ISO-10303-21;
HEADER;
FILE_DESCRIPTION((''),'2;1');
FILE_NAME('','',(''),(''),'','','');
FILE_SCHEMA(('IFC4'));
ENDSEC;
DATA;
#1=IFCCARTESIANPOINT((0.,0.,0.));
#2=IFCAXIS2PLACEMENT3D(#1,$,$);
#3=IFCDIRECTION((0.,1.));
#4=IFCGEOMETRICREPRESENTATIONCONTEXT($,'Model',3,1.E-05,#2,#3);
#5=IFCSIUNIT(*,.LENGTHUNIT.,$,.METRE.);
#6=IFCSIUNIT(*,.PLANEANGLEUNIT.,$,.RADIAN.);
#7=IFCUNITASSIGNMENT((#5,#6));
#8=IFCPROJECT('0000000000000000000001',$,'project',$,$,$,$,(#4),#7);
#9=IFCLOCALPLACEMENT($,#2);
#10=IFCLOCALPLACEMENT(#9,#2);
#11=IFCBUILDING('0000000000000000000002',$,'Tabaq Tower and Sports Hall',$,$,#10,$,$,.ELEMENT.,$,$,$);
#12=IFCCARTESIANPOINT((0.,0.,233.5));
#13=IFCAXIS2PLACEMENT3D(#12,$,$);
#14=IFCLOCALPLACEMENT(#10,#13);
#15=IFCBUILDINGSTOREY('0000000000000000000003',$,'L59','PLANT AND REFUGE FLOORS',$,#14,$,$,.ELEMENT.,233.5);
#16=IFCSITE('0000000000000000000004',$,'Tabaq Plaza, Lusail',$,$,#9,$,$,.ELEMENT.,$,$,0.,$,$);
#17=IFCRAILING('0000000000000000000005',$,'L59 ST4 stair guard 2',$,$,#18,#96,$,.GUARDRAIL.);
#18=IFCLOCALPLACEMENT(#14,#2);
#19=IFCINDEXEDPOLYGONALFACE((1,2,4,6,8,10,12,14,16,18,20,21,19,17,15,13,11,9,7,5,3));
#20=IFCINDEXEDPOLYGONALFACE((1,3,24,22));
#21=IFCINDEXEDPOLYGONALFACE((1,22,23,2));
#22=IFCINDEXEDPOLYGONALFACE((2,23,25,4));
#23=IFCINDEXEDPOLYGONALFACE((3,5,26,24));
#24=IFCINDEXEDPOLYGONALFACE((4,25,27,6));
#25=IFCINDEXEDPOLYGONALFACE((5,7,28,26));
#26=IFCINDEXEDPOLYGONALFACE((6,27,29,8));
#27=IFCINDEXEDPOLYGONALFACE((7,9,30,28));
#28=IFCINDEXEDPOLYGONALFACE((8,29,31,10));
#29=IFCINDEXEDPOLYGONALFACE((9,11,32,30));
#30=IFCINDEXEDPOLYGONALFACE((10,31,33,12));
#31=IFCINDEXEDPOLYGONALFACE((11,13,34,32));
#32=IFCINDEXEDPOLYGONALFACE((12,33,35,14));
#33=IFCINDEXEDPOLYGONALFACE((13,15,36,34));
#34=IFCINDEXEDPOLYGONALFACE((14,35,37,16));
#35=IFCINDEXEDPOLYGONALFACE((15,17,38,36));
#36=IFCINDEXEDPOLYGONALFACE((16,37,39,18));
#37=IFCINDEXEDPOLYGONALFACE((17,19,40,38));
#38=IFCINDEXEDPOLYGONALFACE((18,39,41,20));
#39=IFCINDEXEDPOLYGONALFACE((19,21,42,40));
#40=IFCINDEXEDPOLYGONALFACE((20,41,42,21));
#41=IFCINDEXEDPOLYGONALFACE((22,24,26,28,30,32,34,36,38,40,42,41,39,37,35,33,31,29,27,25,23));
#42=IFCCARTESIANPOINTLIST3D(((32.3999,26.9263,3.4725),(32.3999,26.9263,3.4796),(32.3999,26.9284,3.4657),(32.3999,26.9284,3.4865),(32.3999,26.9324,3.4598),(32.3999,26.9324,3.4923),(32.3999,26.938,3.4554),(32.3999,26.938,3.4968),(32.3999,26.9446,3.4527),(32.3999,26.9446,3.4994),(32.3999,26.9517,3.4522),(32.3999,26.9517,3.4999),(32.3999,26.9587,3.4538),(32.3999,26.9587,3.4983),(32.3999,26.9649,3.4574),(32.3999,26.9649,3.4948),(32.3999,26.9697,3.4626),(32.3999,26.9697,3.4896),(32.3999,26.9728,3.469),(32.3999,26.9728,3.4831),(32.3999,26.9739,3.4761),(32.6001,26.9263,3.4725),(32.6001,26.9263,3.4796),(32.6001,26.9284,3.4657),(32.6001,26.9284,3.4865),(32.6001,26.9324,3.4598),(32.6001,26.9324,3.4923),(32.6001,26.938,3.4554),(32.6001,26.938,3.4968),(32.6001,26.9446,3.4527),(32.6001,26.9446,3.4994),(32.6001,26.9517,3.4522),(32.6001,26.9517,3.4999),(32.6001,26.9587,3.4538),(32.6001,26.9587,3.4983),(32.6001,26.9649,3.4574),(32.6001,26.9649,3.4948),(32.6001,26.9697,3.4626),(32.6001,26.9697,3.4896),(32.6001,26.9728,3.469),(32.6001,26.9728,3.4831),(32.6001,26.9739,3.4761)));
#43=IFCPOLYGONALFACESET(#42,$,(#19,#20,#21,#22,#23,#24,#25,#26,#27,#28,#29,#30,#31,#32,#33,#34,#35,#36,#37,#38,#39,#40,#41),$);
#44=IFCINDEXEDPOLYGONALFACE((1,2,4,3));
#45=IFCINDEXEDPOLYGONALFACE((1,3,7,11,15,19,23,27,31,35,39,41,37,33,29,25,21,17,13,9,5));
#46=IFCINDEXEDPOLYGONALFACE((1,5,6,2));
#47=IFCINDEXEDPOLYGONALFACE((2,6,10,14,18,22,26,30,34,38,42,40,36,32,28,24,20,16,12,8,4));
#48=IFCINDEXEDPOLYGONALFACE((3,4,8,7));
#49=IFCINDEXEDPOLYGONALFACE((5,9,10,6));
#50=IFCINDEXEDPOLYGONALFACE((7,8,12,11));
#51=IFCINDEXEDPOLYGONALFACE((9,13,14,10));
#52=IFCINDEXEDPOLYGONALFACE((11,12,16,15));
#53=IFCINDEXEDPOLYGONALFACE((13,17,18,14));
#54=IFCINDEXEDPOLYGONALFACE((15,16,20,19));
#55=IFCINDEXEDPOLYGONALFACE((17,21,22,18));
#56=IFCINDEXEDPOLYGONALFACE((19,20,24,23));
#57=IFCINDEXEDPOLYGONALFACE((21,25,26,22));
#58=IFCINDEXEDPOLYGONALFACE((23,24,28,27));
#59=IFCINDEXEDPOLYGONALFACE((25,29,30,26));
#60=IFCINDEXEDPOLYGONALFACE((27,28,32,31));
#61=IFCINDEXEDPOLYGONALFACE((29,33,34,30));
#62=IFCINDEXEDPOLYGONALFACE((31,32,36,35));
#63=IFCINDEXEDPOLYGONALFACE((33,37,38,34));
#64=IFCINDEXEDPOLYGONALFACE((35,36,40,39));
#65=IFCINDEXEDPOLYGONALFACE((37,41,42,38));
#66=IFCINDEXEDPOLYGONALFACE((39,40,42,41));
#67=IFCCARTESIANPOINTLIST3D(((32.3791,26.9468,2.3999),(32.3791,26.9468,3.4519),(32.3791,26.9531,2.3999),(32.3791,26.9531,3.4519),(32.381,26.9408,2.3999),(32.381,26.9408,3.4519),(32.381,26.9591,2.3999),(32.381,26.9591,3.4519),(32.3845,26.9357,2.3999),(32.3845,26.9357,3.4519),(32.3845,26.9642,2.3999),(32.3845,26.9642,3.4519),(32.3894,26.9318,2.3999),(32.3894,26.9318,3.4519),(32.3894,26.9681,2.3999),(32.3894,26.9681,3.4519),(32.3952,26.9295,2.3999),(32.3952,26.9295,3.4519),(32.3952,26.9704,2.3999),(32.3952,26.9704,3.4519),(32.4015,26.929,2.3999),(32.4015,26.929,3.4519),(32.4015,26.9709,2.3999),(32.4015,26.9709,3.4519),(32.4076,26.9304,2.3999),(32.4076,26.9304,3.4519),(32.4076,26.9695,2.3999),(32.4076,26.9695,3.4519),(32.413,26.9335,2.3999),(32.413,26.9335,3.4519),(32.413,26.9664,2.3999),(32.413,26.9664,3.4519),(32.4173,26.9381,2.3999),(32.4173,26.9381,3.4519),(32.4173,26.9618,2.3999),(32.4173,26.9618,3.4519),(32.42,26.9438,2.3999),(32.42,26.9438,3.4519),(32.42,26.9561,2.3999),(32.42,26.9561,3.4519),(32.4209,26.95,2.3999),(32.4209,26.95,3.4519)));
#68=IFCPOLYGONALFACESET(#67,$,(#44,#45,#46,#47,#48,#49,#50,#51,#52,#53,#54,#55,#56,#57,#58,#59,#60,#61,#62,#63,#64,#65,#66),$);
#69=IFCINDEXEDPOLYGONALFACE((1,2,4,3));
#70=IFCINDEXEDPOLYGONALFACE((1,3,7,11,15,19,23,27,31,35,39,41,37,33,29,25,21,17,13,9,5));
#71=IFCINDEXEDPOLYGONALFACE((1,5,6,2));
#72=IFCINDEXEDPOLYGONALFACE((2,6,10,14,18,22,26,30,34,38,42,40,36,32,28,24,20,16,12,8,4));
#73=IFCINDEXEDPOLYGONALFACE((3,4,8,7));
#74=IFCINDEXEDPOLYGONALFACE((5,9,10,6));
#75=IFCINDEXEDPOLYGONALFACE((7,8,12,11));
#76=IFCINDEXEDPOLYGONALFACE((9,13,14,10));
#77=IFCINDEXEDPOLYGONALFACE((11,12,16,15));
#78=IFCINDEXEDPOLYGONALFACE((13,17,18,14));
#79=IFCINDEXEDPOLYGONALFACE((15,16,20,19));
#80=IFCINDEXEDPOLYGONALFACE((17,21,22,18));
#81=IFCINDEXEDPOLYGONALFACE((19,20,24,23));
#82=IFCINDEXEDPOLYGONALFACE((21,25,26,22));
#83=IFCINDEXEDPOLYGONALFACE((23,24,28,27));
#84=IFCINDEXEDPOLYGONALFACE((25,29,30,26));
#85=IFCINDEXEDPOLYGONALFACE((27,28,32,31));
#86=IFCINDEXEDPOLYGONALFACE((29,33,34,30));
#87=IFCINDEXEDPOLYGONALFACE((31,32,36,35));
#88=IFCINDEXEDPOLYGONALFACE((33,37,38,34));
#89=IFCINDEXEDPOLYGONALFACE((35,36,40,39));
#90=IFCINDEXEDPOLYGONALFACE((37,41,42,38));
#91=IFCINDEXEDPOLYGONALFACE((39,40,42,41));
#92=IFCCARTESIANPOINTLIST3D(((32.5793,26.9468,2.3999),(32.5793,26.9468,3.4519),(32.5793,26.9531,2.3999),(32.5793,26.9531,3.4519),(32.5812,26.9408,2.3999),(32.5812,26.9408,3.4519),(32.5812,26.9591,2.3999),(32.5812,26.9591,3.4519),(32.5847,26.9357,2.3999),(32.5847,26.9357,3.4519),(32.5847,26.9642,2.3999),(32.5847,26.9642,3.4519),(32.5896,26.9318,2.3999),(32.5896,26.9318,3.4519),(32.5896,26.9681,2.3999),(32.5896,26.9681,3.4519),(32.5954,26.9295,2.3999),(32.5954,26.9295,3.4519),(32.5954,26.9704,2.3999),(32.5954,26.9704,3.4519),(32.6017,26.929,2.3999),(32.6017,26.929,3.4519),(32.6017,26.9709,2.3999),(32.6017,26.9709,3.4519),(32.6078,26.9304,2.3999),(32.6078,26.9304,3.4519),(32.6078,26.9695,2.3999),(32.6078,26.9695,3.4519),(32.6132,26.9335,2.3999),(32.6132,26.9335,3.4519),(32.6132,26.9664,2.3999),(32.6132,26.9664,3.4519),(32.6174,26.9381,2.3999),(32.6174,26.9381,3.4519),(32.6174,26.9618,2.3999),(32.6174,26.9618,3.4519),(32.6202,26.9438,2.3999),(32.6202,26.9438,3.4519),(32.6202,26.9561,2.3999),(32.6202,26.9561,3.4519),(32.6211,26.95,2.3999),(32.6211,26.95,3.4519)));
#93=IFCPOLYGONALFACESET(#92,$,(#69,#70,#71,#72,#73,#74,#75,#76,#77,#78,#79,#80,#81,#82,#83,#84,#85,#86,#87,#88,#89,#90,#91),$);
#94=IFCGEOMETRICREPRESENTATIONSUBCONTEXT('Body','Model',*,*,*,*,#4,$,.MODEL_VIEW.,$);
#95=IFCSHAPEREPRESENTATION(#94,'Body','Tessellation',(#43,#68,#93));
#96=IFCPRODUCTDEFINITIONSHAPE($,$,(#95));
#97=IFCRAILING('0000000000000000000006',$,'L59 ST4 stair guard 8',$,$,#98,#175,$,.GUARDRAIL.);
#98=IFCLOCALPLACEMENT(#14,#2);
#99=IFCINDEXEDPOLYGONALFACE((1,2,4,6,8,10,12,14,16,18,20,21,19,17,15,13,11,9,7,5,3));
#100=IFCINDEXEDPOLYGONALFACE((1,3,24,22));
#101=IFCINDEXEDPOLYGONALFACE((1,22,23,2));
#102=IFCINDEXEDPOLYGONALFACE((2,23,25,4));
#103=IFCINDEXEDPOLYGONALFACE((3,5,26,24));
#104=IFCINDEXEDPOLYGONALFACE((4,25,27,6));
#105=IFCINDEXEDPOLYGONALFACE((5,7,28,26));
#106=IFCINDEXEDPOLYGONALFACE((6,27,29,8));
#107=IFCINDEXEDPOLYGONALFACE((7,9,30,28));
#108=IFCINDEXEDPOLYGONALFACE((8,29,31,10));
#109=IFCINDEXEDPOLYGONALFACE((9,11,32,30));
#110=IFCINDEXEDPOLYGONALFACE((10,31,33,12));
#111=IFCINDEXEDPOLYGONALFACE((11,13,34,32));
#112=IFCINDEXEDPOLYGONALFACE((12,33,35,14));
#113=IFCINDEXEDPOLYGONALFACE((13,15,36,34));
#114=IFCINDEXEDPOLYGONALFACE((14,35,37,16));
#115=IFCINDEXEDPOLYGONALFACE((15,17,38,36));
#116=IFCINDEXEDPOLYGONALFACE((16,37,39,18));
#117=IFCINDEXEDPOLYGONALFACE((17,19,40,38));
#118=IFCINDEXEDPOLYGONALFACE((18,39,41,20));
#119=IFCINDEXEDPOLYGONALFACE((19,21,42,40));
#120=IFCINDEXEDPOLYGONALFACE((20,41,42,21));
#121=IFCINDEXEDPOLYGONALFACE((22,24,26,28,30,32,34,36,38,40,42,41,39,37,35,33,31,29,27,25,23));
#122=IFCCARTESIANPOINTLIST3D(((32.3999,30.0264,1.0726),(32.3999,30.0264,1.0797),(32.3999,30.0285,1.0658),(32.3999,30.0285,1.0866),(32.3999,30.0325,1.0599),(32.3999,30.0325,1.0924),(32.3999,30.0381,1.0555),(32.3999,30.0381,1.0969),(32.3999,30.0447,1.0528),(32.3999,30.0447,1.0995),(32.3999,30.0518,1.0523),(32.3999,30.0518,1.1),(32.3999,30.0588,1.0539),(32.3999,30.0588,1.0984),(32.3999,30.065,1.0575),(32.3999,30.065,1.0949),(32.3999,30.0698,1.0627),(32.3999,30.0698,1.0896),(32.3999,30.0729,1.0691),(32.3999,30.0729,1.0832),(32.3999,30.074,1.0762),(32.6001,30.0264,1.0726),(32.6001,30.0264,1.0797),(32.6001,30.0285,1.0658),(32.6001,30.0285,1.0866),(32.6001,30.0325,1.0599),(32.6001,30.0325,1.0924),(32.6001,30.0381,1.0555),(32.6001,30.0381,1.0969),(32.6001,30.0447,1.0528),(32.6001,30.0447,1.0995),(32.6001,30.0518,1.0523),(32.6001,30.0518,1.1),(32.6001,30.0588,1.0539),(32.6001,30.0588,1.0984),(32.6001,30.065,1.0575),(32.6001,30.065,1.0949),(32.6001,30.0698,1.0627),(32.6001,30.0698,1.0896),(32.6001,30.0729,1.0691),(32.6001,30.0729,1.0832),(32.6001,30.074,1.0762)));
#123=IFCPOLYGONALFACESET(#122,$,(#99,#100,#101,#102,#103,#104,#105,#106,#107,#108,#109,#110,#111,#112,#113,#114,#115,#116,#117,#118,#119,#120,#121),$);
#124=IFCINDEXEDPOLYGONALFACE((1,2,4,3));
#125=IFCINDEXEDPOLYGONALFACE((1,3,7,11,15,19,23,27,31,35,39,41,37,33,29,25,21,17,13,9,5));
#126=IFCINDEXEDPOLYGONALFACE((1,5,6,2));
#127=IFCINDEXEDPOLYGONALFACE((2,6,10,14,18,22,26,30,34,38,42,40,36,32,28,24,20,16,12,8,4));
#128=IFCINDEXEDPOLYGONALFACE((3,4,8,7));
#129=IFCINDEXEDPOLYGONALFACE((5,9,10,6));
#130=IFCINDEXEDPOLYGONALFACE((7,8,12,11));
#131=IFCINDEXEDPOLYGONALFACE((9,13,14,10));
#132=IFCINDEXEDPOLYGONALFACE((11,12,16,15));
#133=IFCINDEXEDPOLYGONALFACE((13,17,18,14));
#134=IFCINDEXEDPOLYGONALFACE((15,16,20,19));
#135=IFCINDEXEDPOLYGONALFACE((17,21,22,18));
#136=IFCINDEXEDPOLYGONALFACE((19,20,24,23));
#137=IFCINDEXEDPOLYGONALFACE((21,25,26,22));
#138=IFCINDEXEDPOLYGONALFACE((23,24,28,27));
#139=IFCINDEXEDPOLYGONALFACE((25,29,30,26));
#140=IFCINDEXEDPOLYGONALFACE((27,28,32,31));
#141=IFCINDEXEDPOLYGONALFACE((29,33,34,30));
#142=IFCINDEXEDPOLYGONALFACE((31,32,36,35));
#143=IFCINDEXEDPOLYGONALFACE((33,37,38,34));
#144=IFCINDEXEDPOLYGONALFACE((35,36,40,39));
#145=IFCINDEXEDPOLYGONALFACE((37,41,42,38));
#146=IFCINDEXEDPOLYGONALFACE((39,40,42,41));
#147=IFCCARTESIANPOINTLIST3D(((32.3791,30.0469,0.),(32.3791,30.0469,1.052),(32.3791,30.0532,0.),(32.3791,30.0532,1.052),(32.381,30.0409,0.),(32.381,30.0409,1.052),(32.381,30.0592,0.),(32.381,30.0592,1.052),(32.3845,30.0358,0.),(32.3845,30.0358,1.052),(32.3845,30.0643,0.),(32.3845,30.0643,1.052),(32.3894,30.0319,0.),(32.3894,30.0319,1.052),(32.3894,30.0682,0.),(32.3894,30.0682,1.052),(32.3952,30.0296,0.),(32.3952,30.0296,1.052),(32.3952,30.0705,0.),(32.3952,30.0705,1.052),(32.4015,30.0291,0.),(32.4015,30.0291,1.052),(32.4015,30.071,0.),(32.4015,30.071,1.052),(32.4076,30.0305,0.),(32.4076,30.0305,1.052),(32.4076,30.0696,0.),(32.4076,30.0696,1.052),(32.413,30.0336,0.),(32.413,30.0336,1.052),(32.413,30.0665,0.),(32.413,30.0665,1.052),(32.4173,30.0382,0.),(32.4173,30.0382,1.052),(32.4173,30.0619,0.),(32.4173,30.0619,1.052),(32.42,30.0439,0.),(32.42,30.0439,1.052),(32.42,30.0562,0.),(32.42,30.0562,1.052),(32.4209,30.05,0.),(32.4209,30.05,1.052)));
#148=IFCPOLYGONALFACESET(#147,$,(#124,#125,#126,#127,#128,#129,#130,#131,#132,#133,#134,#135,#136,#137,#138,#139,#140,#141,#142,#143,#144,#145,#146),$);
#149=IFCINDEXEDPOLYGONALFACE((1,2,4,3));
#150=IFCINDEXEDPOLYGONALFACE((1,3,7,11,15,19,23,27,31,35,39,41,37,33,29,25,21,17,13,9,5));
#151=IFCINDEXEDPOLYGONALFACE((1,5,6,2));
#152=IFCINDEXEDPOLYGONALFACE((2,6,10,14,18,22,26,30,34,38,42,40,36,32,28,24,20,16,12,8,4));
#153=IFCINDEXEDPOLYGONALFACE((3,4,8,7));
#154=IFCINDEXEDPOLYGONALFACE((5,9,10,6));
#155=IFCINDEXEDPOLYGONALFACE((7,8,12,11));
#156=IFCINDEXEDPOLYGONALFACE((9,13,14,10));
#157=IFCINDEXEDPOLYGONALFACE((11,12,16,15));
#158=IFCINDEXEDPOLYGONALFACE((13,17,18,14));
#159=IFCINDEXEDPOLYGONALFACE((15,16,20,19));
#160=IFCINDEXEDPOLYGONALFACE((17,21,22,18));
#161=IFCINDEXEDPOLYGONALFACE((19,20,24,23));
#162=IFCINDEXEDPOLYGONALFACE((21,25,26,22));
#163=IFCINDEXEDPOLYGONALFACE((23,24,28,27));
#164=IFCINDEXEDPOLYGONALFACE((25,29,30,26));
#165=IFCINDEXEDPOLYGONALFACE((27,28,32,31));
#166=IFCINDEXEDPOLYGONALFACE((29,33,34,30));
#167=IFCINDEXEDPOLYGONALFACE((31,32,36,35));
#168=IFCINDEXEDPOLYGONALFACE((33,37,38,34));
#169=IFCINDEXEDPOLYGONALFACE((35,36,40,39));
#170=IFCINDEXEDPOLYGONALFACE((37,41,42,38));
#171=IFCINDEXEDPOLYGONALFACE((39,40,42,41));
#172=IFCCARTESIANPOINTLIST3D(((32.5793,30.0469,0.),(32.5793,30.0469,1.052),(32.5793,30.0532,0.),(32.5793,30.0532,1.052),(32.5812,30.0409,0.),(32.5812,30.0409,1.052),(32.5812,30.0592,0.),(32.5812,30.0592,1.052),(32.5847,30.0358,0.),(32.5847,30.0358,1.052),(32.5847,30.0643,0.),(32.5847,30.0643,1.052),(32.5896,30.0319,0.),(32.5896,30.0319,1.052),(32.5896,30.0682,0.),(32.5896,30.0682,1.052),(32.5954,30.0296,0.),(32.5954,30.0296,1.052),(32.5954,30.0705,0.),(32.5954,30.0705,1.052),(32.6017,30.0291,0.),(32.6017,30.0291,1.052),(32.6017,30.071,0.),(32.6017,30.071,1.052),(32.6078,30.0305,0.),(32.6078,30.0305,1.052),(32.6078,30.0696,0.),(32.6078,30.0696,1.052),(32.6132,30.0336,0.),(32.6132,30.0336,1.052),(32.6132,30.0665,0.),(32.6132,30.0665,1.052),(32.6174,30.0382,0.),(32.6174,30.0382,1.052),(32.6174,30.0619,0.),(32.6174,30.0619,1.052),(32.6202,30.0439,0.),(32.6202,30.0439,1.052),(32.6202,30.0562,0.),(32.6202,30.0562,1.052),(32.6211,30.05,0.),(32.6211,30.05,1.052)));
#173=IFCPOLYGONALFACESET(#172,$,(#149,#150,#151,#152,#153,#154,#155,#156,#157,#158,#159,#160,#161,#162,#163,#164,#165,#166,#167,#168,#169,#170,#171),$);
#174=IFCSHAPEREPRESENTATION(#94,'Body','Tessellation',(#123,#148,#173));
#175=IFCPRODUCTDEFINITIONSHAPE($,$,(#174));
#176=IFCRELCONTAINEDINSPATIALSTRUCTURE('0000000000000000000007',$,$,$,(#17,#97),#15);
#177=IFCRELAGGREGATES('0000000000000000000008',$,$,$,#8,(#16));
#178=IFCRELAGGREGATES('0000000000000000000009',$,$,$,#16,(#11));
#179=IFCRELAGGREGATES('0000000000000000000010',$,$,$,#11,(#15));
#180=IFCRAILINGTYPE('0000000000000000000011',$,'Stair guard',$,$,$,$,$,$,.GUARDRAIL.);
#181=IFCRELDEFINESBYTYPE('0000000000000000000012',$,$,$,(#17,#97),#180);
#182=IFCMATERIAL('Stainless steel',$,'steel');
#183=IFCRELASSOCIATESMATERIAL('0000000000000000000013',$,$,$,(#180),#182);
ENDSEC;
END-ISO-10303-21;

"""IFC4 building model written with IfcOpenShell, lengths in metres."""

from ifc_helpers import new_model, si_unit, direction, frame, origin, origin_2d, place, context, subcontext, project, spatial, circle, extrude, material, type_object, element, save


model = new_model("IFC4")

# Units and contexts
model_context = context("Model", 3, precision=1e-05, world=origin(), true_north=direction((0.0, 1.0)))
body_context = subcontext(model_context, "Body", "Model", "MODEL_VIEW")
ifc_project = project(units=[si_unit("LENGTHUNIT", "METRE"), si_unit("PLANEANGLEUNIT", "RADIAN")], contexts=[model_context])

# Site, building, storey
site_placement = place(None, origin())
site = spatial("IfcSite", under=ifc_project, at=site_placement, Name="Tabaq Plaza, Lusail", CompositionType="ELEMENT", RefElevation=0.0)
building_placement = place(site_placement, origin())
building = spatial("IfcBuilding", under=site, at=building_placement, Name="Tabaq Tower and Sports Hall", CompositionType="ELEMENT")
storey_placement = place(building_placement, frame((0.0, 0.0, 233.5)))
storey = spatial("IfcBuildingStorey", under=building, at=storey_placement, Name="L59", Description="PLANT AND REFUGE FLOORS", CompositionType="ELEMENT", Elevation=233.5)

# Railings
ifc_material_1 = material(Name="Stainless steel", Category="steel")
railing_type_1 = type_object("IfcRailingType", Name="Stair guard", PredefinedType="GUARDRAIL", material=ifc_material_1)
for number, where, name in (
    (1, (32.3999, 26.95, 2.3999), "L59 ST4 stair guard 2"),
    (2, (32.3999, 30.05, 0.0), "L59 ST4 stair guard 8"),
):
    element("IfcRailing", number, at=place(storey_placement, frame(where)), inside=storey, type_object=railing_type_1, Name=name, PredefinedType="GUARDRAIL", context=body_context, shape_type="SweptSolid", body=[
        extrude(circle(Radius=0.0239, at=origin_2d()), frame((0.0, 0.0, 1.0762), z_axis=(1.0, 0.0, 0.0), x_axis=(0.0, 1.0, 0.0)), (0.0, 0.0, 1.0), 0.2002),
        extrude(circle(Radius=0.021, at=origin_2d()), origin(), (0.0, 0.0, 1.0), 1.052),
        extrude(circle(Radius=0.021, at=origin_2d()), frame((0.2002, 0.0, 0.0)), (0.0, 0.0, 1.0), 1.052),
    ])

save(model, "model.ifc")
